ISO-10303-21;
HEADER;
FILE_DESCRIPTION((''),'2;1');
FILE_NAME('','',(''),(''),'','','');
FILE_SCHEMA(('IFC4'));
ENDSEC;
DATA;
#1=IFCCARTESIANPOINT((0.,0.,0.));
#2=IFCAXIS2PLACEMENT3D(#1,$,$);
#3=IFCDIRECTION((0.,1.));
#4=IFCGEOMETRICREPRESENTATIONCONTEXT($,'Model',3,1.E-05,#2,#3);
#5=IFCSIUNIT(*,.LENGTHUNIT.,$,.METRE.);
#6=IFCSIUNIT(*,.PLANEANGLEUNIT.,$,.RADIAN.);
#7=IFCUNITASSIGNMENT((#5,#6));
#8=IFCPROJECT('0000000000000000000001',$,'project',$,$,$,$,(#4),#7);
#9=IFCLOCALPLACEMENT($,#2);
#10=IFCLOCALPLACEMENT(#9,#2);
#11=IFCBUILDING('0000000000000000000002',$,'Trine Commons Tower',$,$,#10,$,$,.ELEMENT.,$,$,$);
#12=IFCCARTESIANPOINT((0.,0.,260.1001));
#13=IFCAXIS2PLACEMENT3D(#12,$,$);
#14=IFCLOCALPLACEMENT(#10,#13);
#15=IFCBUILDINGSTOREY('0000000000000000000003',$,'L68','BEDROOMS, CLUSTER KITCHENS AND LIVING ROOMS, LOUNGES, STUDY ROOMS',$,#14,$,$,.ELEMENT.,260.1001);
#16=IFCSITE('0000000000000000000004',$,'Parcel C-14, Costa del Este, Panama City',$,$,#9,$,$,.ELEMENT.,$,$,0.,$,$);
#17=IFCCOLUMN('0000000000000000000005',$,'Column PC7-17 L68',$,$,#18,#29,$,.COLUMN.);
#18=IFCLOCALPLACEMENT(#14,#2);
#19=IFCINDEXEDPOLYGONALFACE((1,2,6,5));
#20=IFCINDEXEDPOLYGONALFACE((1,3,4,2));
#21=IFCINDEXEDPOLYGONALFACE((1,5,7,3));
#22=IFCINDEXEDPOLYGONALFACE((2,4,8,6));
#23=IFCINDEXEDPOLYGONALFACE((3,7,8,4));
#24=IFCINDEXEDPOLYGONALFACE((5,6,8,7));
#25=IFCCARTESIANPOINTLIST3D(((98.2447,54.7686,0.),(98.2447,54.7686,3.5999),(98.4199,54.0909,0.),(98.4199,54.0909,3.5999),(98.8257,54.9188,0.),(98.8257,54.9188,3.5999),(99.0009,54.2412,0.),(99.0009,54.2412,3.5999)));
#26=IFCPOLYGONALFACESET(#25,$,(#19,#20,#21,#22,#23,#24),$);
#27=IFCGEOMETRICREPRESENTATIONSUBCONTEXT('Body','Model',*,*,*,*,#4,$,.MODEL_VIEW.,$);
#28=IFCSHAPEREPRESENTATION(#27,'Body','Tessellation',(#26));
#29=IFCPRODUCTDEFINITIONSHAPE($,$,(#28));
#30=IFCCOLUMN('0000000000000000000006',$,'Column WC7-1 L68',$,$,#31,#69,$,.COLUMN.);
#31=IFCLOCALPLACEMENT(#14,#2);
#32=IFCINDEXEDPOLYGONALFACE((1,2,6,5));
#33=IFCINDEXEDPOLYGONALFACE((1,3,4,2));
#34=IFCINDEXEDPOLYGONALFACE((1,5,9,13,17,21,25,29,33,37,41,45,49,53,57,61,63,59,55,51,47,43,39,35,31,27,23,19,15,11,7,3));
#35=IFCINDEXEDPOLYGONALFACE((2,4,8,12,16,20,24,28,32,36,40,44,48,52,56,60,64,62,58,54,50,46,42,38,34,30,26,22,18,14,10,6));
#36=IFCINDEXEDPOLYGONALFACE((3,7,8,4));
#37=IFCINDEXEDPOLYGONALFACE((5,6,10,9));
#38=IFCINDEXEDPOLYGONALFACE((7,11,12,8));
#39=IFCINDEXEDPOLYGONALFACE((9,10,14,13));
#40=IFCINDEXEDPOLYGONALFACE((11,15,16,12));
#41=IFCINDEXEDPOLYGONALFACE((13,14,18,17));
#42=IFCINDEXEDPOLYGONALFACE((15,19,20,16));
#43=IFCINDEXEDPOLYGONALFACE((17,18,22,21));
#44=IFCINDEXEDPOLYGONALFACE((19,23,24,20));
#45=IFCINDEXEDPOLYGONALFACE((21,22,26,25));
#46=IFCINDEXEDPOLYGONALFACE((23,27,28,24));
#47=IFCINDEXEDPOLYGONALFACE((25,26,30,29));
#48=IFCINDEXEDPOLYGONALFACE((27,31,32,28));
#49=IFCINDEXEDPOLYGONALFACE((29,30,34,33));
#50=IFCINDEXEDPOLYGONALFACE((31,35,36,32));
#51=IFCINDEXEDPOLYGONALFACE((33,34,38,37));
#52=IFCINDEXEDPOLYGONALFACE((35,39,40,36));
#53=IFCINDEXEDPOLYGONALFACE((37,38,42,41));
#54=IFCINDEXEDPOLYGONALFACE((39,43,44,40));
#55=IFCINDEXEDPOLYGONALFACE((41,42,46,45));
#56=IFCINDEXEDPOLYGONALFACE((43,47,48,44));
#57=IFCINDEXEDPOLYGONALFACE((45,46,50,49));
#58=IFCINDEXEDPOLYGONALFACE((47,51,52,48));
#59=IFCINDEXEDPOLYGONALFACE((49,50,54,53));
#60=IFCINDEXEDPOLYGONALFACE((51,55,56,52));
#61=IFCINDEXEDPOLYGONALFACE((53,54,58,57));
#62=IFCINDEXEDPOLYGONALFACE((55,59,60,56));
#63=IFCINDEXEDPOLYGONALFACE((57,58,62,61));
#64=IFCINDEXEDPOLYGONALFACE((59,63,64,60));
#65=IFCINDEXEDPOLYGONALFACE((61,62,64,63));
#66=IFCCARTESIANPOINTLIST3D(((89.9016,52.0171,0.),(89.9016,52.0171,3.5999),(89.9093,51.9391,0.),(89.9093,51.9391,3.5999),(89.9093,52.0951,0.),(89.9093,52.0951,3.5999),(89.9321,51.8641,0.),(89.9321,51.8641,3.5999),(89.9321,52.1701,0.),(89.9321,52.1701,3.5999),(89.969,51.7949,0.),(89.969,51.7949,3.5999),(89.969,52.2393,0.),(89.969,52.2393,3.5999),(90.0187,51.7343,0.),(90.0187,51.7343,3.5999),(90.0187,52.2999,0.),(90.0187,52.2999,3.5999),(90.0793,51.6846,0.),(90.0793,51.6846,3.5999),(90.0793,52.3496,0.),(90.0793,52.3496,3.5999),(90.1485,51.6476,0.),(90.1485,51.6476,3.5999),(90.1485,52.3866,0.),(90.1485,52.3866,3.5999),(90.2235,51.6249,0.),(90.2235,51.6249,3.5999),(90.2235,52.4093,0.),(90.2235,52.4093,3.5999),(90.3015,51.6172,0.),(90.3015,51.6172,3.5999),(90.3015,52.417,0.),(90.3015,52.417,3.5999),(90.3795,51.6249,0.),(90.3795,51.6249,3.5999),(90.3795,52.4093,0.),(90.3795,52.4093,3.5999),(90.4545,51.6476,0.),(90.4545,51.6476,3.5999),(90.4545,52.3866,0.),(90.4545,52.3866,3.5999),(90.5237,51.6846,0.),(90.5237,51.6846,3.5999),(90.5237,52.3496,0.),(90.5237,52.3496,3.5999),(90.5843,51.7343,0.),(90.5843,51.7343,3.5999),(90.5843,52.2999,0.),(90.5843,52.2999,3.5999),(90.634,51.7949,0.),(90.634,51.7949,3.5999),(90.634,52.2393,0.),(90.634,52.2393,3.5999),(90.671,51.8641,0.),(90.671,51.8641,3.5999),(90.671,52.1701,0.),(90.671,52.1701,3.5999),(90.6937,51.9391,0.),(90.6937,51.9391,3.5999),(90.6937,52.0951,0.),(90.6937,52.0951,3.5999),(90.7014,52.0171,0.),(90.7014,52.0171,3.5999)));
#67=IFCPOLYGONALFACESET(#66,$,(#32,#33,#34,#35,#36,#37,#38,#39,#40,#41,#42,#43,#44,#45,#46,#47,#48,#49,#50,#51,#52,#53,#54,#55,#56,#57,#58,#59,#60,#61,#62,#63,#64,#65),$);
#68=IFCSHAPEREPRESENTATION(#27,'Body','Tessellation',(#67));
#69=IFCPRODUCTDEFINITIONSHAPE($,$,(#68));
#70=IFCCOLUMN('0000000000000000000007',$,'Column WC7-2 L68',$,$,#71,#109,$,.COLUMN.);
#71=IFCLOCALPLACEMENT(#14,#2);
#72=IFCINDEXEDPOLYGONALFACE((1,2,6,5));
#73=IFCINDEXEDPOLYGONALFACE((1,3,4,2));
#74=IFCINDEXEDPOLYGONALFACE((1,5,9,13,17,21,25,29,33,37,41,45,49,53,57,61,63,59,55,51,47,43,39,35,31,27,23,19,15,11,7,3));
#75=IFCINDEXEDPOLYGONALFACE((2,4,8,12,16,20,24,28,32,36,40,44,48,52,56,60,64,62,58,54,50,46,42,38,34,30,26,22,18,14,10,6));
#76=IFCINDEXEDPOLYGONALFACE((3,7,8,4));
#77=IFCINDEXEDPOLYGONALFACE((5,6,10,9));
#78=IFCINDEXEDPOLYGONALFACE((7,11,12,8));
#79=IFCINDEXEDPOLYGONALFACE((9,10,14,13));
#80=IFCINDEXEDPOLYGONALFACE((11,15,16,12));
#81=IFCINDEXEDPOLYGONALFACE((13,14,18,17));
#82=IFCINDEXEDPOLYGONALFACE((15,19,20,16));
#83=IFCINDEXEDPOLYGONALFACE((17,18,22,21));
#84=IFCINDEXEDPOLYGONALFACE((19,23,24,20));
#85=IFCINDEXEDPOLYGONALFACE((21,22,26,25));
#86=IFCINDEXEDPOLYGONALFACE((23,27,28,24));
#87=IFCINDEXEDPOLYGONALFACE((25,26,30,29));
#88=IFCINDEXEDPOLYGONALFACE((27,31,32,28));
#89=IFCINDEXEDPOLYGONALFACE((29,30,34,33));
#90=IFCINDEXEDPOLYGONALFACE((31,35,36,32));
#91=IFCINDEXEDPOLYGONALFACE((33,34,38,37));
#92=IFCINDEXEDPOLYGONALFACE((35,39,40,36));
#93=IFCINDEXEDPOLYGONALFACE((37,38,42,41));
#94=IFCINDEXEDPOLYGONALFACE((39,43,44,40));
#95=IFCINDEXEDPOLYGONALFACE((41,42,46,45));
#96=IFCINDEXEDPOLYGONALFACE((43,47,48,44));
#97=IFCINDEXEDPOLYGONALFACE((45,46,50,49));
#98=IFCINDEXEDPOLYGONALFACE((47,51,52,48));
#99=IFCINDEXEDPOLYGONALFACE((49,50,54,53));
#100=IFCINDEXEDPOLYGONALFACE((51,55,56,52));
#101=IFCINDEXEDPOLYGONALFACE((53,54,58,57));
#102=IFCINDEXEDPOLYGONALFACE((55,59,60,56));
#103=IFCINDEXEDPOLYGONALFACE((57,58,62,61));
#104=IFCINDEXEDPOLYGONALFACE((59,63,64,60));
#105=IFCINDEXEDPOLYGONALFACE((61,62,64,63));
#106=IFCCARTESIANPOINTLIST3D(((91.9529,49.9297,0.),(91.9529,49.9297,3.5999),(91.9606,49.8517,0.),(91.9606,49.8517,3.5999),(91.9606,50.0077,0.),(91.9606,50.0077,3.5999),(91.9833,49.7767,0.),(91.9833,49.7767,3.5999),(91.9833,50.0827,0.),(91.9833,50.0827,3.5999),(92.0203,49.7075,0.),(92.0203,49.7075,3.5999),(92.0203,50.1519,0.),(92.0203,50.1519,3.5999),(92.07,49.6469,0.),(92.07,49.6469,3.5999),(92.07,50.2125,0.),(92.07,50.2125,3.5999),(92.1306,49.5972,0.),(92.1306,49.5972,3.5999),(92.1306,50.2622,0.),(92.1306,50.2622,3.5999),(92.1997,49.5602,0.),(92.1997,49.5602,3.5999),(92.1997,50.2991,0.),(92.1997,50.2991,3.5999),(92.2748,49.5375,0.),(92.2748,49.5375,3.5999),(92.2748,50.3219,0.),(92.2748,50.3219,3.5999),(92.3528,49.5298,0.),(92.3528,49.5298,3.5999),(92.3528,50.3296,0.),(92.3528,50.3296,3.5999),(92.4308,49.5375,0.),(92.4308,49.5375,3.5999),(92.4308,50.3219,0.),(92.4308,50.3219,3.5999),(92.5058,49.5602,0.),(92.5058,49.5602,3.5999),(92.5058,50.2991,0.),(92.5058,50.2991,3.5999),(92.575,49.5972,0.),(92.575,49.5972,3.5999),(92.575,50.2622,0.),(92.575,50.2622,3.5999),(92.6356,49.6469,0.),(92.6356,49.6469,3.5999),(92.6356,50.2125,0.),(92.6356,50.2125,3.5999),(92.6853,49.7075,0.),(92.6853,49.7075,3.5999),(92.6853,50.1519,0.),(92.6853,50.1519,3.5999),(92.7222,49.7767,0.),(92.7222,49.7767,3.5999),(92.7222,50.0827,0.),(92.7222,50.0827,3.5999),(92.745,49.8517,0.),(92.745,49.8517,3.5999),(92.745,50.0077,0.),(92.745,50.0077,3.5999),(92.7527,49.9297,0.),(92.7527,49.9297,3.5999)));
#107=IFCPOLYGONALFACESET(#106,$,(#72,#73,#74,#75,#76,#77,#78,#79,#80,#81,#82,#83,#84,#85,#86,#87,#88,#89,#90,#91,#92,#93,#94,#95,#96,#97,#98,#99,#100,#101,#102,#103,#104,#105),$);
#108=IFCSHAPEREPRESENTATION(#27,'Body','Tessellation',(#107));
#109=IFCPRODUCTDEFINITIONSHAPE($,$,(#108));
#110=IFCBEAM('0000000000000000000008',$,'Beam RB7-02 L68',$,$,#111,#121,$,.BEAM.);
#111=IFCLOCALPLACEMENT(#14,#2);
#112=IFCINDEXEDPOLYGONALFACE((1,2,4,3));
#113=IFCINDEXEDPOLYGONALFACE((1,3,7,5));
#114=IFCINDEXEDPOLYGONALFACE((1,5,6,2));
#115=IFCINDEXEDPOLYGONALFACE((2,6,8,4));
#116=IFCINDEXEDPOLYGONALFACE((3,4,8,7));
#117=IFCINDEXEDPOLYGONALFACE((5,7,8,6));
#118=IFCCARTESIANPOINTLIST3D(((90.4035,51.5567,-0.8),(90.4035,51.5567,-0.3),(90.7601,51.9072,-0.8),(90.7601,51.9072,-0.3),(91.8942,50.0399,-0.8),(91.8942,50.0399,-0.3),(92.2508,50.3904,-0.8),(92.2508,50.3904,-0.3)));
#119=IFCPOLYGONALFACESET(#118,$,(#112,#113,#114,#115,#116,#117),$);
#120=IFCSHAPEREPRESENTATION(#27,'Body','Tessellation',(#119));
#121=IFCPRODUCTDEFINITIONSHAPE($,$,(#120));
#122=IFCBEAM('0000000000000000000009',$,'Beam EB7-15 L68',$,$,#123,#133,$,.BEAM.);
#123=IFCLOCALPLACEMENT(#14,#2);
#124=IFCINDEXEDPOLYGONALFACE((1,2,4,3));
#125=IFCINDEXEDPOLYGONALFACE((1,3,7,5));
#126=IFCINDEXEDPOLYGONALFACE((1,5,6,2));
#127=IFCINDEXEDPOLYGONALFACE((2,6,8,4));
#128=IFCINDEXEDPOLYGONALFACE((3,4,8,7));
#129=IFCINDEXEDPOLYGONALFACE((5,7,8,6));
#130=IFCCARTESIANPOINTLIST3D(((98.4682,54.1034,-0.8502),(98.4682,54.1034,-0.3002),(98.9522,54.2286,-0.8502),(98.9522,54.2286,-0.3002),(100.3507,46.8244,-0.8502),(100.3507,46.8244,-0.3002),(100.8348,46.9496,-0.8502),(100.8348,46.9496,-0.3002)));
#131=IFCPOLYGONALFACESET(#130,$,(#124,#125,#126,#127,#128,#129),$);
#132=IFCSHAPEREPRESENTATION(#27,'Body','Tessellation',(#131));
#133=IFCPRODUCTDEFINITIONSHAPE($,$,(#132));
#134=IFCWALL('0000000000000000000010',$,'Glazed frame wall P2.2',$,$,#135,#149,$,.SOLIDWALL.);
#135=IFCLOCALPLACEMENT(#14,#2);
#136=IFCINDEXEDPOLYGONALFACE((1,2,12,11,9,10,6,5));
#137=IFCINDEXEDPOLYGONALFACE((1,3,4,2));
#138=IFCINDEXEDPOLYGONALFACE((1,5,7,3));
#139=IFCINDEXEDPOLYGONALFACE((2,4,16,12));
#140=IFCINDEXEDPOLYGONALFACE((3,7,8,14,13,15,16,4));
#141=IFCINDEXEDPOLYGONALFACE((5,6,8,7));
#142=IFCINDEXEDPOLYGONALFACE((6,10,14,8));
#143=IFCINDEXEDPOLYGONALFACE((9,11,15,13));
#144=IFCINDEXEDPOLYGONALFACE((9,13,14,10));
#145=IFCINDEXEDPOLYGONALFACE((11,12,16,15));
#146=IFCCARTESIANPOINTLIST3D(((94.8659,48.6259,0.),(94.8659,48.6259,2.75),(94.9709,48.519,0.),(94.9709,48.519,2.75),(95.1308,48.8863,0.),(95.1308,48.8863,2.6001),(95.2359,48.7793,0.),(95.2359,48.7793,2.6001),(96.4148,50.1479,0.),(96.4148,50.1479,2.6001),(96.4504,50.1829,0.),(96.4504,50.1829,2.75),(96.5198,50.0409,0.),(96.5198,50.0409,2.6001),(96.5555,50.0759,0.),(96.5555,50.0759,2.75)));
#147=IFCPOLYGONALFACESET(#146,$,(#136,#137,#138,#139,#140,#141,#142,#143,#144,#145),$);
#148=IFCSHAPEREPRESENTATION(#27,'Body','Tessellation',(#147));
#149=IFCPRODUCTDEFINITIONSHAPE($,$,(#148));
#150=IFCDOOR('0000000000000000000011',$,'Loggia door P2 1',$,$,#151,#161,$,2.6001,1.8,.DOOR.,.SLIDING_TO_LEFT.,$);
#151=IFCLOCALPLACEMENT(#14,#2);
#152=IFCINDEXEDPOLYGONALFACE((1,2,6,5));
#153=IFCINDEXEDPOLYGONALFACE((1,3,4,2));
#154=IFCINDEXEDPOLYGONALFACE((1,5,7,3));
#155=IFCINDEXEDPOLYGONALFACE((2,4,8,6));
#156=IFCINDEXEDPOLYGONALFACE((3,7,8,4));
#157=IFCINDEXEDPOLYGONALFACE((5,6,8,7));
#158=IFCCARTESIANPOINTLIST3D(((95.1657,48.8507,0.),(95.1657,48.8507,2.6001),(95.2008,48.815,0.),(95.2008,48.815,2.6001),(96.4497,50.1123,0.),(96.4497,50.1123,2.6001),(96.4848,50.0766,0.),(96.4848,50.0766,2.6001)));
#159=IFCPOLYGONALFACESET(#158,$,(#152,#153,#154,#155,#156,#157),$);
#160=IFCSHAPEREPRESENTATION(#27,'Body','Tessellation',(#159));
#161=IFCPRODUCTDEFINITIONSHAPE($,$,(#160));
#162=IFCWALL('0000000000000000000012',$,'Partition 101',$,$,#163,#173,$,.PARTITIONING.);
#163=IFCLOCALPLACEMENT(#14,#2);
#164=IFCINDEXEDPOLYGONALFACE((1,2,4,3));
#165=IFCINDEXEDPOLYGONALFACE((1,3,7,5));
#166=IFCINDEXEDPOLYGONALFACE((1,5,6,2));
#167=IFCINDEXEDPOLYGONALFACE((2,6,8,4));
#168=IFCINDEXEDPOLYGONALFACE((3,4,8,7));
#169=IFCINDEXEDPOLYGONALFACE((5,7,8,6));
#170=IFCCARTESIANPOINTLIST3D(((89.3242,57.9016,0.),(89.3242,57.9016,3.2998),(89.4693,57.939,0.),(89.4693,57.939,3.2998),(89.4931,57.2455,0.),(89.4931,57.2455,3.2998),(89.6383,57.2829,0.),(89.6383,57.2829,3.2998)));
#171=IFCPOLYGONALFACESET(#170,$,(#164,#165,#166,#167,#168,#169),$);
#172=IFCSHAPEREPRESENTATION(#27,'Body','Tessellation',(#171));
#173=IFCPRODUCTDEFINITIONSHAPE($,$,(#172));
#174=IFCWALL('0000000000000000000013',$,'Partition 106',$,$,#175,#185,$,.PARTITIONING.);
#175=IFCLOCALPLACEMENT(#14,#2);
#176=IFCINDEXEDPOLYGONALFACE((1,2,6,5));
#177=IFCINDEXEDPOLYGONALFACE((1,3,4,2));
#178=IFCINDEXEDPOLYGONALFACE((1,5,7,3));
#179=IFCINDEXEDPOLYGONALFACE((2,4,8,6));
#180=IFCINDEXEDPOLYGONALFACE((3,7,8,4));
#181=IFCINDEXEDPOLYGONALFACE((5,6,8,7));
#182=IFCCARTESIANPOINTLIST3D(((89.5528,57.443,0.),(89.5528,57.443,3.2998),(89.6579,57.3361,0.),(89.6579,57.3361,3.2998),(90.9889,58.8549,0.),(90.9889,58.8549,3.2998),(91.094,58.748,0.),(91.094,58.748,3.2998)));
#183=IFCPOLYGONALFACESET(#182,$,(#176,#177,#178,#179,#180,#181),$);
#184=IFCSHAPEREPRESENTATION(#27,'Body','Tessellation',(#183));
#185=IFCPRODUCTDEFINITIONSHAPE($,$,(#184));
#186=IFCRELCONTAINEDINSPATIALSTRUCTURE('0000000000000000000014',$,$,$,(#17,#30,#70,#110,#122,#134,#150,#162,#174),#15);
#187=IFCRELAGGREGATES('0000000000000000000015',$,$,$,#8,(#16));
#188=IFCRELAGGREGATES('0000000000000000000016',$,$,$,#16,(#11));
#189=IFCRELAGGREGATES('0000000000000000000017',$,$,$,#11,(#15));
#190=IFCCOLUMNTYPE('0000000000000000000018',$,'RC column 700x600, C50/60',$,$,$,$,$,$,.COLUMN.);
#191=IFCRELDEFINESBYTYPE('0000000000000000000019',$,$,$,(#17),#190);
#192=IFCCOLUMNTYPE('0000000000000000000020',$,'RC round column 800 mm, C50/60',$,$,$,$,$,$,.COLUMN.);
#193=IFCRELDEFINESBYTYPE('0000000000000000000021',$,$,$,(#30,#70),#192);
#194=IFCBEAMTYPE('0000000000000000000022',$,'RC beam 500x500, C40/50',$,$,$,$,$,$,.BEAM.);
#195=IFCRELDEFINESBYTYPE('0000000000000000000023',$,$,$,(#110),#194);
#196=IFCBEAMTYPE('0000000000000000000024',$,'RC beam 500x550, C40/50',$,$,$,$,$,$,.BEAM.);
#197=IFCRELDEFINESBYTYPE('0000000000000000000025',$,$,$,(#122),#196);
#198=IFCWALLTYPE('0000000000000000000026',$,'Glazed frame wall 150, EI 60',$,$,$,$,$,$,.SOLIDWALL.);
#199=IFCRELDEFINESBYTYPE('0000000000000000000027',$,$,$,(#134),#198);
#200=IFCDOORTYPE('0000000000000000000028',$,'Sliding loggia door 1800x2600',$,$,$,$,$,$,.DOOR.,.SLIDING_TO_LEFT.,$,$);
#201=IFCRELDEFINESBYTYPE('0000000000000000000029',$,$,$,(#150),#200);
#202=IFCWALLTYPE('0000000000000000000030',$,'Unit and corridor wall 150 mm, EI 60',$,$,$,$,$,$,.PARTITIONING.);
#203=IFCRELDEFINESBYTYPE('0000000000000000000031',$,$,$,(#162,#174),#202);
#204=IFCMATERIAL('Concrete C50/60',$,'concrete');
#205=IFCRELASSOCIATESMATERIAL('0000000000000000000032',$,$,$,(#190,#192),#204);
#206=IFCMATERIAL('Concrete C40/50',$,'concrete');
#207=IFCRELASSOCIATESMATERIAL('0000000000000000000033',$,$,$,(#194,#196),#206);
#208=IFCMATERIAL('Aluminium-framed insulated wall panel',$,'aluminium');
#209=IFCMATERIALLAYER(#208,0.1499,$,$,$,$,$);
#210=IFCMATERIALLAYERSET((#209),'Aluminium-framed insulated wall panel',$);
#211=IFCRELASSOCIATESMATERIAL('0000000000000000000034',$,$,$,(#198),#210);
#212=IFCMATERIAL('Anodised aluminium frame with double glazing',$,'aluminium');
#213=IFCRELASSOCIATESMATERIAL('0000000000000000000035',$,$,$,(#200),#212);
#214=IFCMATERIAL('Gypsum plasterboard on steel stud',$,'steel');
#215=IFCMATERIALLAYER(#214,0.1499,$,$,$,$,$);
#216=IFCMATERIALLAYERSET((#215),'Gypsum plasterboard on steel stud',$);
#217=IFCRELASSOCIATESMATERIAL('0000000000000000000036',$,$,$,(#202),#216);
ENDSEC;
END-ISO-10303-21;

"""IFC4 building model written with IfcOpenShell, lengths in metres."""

from ifc_helpers import new_model, si_unit, direction, frame, frame_2d, origin, origin_2d, place, context, subcontext, project, spatial, polyline, rectangle, circle, outline, extrude, material, layer, layer_set, material_profile, profile_set, type_object, element, fill, save


model = new_model("IFC4")

# Units and contexts
model_context = context("Model", 3, precision=1e-05, world=origin(), true_north=direction((0.0, 1.0)))
body_context = subcontext(model_context, "Body", "Model", "MODEL_VIEW")
ifc_project = project(units=[si_unit("LENGTHUNIT", "METRE"), si_unit("PLANEANGLEUNIT", "RADIAN")], contexts=[model_context])

# Site, building, storey
site_placement = place(None, origin())
site = spatial("IfcSite", under=ifc_project, at=site_placement, Name="Parcel C-14, Costa del Este, Panama City", CompositionType="ELEMENT", RefElevation=0.0)
building_placement = place(site_placement, origin())
building = spatial("IfcBuilding", under=site, at=building_placement, Name="Trine Commons Tower", CompositionType="ELEMENT")
storey_placement = place(building_placement, frame((0.0, 0.0, 260.1001)))
storey = spatial("IfcBuildingStorey", under=building, at=storey_placement, Name="L68", Description="BEDROOMS, CLUSTER KITCHENS AND LIVING ROOMS, LOUNGES, STUDY ROOMS", CompositionType="ELEMENT", Elevation=260.1001)

# Columns
ifc_material_1 = material(Name="Concrete C50/60", Category="concrete")
ifc_material_profile_1 = material_profile(ifc_material_1, rectangle(XDim=0.7, YDim=0.6001, at=origin_2d()), Name="RC 700x600")
ifc_profile_set_1 = profile_set([ifc_material_profile_1], Name="Concrete C50/60")
column_type_1 = type_object("IfcColumnType", Name="RC column 700x600, C50/60", PredefinedType="COLUMN", material=ifc_profile_set_1)
column_placement = place(storey_placement, frame((98.6228, 54.5049, 0.0), z_axis=(0.0, 0.0, 1.0), x_axis=(-0.25038, 0.968148, 0.0)))
element("IfcColumn", 1, at=column_placement, inside=storey, type_object=column_type_1, Name="Column PC7-17 L68", PredefinedType="COLUMN", context=body_context, shape_type="SweptSolid", body=[
    extrude(rectangle(XDim=0.7, YDim=0.6001, at=origin_2d()), origin(), (0.0, 0.0, 1.0), 3.5999),
])
ifc_material_profile_2 = material_profile(ifc_material_1, circle(Radius=0.3999, at=origin_2d()), Name="RC round 800")
ifc_profile_set_2 = profile_set([ifc_material_profile_2], Name="Concrete C50/60")
column_type_2 = type_object("IfcColumnType", Name="RC round column 800 mm, C50/60", PredefinedType="COLUMN", material=ifc_profile_set_2)
for number, where, z_axis, x_axis, name in (
    (2, (90.3015, 52.0171, 0.0), (0.0, 0.0, 1.0), (1.0, 0.0, 0.0), "Column WC7-1 L68"),
    (3, (92.3528, 49.9297, 0.0), (0.0, 0.0, 1.0), (1.0, 0.0, 0.0), "Column WC7-2 L68"),
):
    element("IfcColumn", number, at=place(storey_placement, frame(where, z_axis=z_axis, x_axis=x_axis)), inside=storey, type_object=column_type_2, Name=name, PredefinedType="COLUMN", context=body_context, shape_type="SweptSolid", body=[
        extrude(circle(Radius=0.3999, at=origin_2d()), origin(), (0.0, 0.0, 1.0), 3.5999),
    ])

# Beams
ifc_material_2 = material(Name="Concrete C40/50", Category="concrete")
ifc_material_profile_3 = material_profile(ifc_material_2, rectangle(XDim=0.5, YDim=0.5, at=origin_2d()), Name="RC 500x500")
ifc_profile_set_3 = profile_set([ifc_material_profile_3], Name="Concrete C40/50")
beam_type_1 = type_object("IfcBeamType", Name="RC beam 500x500, C40/50", PredefinedType="BEAM", material=ifc_profile_set_3)
beam_1_placement = place(storey_placement, frame((90.5818, 51.7319, -0.55), z_axis=(0.700939, -0.713222, 0.0), x_axis=(0.713222, 0.700939, 0.0)))
element("IfcBeam", 4, at=beam_1_placement, inside=storey, type_object=beam_type_1, Name="Beam RB7-02 L68", PredefinedType="BEAM", context=body_context, shape_type="SweptSolid", body=[
    extrude(rectangle(XDim=0.5, YDim=0.5, at=origin_2d()), origin(), (0.0, 0.0, 1.0), 2.1267),
])
ifc_material_profile_4 = material_profile(ifc_material_2, rectangle(XDim=0.5, YDim=0.55, at=origin_2d()), Name="RC 500x550")
ifc_profile_set_4 = profile_set([ifc_material_profile_4], Name="Concrete C40/50")
beam_type_2 = type_object("IfcBeamType", Name="RC beam 500x550, C40/50", PredefinedType="BEAM", material=ifc_profile_set_4)
beam_2_placement = place(storey_placement, frame((98.7102, 54.166, -0.5752), z_axis=(0.25039, -0.968145, 0.0), x_axis=(0.968145, 0.25039, 0.0)))
element("IfcBeam", 5, at=beam_2_placement, inside=storey, type_object=beam_type_2, Name="Beam EB7-15 L68", PredefinedType="BEAM", context=body_context, shape_type="SweptSolid", body=[
    extrude(rectangle(XDim=0.5, YDim=0.55, at=origin_2d()), origin(), (0.0, 0.0, 1.0), 7.5186),
])

# Shared definitions
ifc_material_3 = material(Name="Aluminium-framed insulated wall panel", Category="aluminium")
ifc_layer_1 = layer(ifc_material_3, 0.1499)
ifc_layer_set_1 = layer_set([ifc_layer_1], Name="Aluminium-framed insulated wall panel")
wall_type_1 = type_object("IfcWallType", Name="Glazed frame wall 150, EI 60", PredefinedType="SOLIDWALL", material=ifc_layer_set_1)

# Wall, opening, door
wall_1_placement = place(storey_placement, frame((96.5029, 50.1294, 0.0), z_axis=(0.0, 0.0, 1.0), x_axis=(-0.713289, -0.70087, 0.0)))
wall_1 = element("IfcWall", 6, at=wall_1_placement, inside=storey, type_object=wall_type_1, Name="Glazed frame wall P2.2", PredefinedType="SOLIDWALL", context=body_context, shape_type="SweptSolid", body=[
    extrude(outline(polyline([(0.0, -0.075), (2.2214, -0.075), (2.2214, 0.075), (0.0, 0.075), (0.0, -0.075)])), origin(), (0.0, 0.0, 1.0), 2.75),
])
opening_1_placement = place(wall_1_placement, frame((0.05, 0.0, 0.0)))
opening_1 = element("IfcOpeningElement", 7, at=opening_1_placement, cuts=wall_1, PredefinedType="OPENING", context=body_context, shape_type="SweptSolid", body=[
    extrude(rectangle(XDim=1.8, YDim=2.6001, at=frame_2d((0.8999, 1.3))), frame((0.0, 0.085, 0.0), z_axis=(0.0, -1.0, 0.0), x_axis=(1.0, 0.0, 0.0)), (0.0, 0.0, 1.0), 0.1699),
])
ifc_material_4 = material(Name="Anodised aluminium frame with double glazing", Category="aluminium")
door_type_1 = type_object("IfcDoorType", Name="Sliding loggia door 1800x2600", OperationType="SLIDING_TO_LEFT", PredefinedType="DOOR", material=ifc_material_4)
door_1_placement = place(opening_1_placement, origin())
door_1 = element("IfcDoor", 8, at=door_1_placement, inside=storey, type_object=door_type_1, Name="Loggia door P2 1", OperationType="SLIDING_TO_LEFT", OverallHeight=2.6001, OverallWidth=1.8, PredefinedType="DOOR", context=body_context, shape_type="SweptSolid", body=[
    extrude(rectangle(XDim=1.8, YDim=2.6001, at=frame_2d((0.8999, 1.3))), frame((0.0, 0.0249, 0.0), z_axis=(0.0, -1.0, 0.0), x_axis=(1.0, 0.0, 0.0)), (0.0, 0.0, 1.0), 0.05),
])
fill(opening_1, door_1)

# Walls
ifc_material_5 = material(Name="Gypsum plasterboard on steel stud", Category="steel")
ifc_layer_2 = layer(ifc_material_5, 0.1499)
ifc_layer_set_2 = layer_set([ifc_layer_2], Name="Gypsum plasterboard on steel stud")
wall_type_2 = type_object("IfcWallType", Name="Unit and corridor wall 150 mm, EI 60", PredefinedType="PARTITIONING", material=ifc_layer_set_2)
wall_2_placement = place(storey_placement, frame((89.3967, 57.9204, 0.0), z_axis=(0.0, 0.0, 1.0), x_axis=(0.249398, -0.968401, 0.0)))
element("IfcWall", 9, at=wall_2_placement, inside=storey, type_object=wall_type_2, Name="Partition 101", PredefinedType="PARTITIONING", context=body_context, shape_type="SweptSolid", body=[
    extrude(rectangle(XDim=0.6775, YDim=0.1499, at=frame_2d((0.3389, 0.0))), origin(), (0.0, 0.0, 1.0), 3.2998),
])
wall_3_placement = place(storey_placement, frame((89.6055, 57.3896, 0.0), z_axis=(0.0, 0.0, 1.0), x_axis=(0.713082, 0.70108, 0.0)))
element("IfcWall", 10, at=wall_3_placement, inside=storey, type_object=wall_type_2, Name="Partition 106", PredefinedType="PARTITIONING", context=body_context, shape_type="SweptSolid", body=[
    extrude(rectangle(XDim=2.0139, YDim=0.1499, at=frame_2d((1.0068, 0.0))), origin(), (0.0, 0.0, 1.0), 3.2998),
])

save(model, "model.ifc")
